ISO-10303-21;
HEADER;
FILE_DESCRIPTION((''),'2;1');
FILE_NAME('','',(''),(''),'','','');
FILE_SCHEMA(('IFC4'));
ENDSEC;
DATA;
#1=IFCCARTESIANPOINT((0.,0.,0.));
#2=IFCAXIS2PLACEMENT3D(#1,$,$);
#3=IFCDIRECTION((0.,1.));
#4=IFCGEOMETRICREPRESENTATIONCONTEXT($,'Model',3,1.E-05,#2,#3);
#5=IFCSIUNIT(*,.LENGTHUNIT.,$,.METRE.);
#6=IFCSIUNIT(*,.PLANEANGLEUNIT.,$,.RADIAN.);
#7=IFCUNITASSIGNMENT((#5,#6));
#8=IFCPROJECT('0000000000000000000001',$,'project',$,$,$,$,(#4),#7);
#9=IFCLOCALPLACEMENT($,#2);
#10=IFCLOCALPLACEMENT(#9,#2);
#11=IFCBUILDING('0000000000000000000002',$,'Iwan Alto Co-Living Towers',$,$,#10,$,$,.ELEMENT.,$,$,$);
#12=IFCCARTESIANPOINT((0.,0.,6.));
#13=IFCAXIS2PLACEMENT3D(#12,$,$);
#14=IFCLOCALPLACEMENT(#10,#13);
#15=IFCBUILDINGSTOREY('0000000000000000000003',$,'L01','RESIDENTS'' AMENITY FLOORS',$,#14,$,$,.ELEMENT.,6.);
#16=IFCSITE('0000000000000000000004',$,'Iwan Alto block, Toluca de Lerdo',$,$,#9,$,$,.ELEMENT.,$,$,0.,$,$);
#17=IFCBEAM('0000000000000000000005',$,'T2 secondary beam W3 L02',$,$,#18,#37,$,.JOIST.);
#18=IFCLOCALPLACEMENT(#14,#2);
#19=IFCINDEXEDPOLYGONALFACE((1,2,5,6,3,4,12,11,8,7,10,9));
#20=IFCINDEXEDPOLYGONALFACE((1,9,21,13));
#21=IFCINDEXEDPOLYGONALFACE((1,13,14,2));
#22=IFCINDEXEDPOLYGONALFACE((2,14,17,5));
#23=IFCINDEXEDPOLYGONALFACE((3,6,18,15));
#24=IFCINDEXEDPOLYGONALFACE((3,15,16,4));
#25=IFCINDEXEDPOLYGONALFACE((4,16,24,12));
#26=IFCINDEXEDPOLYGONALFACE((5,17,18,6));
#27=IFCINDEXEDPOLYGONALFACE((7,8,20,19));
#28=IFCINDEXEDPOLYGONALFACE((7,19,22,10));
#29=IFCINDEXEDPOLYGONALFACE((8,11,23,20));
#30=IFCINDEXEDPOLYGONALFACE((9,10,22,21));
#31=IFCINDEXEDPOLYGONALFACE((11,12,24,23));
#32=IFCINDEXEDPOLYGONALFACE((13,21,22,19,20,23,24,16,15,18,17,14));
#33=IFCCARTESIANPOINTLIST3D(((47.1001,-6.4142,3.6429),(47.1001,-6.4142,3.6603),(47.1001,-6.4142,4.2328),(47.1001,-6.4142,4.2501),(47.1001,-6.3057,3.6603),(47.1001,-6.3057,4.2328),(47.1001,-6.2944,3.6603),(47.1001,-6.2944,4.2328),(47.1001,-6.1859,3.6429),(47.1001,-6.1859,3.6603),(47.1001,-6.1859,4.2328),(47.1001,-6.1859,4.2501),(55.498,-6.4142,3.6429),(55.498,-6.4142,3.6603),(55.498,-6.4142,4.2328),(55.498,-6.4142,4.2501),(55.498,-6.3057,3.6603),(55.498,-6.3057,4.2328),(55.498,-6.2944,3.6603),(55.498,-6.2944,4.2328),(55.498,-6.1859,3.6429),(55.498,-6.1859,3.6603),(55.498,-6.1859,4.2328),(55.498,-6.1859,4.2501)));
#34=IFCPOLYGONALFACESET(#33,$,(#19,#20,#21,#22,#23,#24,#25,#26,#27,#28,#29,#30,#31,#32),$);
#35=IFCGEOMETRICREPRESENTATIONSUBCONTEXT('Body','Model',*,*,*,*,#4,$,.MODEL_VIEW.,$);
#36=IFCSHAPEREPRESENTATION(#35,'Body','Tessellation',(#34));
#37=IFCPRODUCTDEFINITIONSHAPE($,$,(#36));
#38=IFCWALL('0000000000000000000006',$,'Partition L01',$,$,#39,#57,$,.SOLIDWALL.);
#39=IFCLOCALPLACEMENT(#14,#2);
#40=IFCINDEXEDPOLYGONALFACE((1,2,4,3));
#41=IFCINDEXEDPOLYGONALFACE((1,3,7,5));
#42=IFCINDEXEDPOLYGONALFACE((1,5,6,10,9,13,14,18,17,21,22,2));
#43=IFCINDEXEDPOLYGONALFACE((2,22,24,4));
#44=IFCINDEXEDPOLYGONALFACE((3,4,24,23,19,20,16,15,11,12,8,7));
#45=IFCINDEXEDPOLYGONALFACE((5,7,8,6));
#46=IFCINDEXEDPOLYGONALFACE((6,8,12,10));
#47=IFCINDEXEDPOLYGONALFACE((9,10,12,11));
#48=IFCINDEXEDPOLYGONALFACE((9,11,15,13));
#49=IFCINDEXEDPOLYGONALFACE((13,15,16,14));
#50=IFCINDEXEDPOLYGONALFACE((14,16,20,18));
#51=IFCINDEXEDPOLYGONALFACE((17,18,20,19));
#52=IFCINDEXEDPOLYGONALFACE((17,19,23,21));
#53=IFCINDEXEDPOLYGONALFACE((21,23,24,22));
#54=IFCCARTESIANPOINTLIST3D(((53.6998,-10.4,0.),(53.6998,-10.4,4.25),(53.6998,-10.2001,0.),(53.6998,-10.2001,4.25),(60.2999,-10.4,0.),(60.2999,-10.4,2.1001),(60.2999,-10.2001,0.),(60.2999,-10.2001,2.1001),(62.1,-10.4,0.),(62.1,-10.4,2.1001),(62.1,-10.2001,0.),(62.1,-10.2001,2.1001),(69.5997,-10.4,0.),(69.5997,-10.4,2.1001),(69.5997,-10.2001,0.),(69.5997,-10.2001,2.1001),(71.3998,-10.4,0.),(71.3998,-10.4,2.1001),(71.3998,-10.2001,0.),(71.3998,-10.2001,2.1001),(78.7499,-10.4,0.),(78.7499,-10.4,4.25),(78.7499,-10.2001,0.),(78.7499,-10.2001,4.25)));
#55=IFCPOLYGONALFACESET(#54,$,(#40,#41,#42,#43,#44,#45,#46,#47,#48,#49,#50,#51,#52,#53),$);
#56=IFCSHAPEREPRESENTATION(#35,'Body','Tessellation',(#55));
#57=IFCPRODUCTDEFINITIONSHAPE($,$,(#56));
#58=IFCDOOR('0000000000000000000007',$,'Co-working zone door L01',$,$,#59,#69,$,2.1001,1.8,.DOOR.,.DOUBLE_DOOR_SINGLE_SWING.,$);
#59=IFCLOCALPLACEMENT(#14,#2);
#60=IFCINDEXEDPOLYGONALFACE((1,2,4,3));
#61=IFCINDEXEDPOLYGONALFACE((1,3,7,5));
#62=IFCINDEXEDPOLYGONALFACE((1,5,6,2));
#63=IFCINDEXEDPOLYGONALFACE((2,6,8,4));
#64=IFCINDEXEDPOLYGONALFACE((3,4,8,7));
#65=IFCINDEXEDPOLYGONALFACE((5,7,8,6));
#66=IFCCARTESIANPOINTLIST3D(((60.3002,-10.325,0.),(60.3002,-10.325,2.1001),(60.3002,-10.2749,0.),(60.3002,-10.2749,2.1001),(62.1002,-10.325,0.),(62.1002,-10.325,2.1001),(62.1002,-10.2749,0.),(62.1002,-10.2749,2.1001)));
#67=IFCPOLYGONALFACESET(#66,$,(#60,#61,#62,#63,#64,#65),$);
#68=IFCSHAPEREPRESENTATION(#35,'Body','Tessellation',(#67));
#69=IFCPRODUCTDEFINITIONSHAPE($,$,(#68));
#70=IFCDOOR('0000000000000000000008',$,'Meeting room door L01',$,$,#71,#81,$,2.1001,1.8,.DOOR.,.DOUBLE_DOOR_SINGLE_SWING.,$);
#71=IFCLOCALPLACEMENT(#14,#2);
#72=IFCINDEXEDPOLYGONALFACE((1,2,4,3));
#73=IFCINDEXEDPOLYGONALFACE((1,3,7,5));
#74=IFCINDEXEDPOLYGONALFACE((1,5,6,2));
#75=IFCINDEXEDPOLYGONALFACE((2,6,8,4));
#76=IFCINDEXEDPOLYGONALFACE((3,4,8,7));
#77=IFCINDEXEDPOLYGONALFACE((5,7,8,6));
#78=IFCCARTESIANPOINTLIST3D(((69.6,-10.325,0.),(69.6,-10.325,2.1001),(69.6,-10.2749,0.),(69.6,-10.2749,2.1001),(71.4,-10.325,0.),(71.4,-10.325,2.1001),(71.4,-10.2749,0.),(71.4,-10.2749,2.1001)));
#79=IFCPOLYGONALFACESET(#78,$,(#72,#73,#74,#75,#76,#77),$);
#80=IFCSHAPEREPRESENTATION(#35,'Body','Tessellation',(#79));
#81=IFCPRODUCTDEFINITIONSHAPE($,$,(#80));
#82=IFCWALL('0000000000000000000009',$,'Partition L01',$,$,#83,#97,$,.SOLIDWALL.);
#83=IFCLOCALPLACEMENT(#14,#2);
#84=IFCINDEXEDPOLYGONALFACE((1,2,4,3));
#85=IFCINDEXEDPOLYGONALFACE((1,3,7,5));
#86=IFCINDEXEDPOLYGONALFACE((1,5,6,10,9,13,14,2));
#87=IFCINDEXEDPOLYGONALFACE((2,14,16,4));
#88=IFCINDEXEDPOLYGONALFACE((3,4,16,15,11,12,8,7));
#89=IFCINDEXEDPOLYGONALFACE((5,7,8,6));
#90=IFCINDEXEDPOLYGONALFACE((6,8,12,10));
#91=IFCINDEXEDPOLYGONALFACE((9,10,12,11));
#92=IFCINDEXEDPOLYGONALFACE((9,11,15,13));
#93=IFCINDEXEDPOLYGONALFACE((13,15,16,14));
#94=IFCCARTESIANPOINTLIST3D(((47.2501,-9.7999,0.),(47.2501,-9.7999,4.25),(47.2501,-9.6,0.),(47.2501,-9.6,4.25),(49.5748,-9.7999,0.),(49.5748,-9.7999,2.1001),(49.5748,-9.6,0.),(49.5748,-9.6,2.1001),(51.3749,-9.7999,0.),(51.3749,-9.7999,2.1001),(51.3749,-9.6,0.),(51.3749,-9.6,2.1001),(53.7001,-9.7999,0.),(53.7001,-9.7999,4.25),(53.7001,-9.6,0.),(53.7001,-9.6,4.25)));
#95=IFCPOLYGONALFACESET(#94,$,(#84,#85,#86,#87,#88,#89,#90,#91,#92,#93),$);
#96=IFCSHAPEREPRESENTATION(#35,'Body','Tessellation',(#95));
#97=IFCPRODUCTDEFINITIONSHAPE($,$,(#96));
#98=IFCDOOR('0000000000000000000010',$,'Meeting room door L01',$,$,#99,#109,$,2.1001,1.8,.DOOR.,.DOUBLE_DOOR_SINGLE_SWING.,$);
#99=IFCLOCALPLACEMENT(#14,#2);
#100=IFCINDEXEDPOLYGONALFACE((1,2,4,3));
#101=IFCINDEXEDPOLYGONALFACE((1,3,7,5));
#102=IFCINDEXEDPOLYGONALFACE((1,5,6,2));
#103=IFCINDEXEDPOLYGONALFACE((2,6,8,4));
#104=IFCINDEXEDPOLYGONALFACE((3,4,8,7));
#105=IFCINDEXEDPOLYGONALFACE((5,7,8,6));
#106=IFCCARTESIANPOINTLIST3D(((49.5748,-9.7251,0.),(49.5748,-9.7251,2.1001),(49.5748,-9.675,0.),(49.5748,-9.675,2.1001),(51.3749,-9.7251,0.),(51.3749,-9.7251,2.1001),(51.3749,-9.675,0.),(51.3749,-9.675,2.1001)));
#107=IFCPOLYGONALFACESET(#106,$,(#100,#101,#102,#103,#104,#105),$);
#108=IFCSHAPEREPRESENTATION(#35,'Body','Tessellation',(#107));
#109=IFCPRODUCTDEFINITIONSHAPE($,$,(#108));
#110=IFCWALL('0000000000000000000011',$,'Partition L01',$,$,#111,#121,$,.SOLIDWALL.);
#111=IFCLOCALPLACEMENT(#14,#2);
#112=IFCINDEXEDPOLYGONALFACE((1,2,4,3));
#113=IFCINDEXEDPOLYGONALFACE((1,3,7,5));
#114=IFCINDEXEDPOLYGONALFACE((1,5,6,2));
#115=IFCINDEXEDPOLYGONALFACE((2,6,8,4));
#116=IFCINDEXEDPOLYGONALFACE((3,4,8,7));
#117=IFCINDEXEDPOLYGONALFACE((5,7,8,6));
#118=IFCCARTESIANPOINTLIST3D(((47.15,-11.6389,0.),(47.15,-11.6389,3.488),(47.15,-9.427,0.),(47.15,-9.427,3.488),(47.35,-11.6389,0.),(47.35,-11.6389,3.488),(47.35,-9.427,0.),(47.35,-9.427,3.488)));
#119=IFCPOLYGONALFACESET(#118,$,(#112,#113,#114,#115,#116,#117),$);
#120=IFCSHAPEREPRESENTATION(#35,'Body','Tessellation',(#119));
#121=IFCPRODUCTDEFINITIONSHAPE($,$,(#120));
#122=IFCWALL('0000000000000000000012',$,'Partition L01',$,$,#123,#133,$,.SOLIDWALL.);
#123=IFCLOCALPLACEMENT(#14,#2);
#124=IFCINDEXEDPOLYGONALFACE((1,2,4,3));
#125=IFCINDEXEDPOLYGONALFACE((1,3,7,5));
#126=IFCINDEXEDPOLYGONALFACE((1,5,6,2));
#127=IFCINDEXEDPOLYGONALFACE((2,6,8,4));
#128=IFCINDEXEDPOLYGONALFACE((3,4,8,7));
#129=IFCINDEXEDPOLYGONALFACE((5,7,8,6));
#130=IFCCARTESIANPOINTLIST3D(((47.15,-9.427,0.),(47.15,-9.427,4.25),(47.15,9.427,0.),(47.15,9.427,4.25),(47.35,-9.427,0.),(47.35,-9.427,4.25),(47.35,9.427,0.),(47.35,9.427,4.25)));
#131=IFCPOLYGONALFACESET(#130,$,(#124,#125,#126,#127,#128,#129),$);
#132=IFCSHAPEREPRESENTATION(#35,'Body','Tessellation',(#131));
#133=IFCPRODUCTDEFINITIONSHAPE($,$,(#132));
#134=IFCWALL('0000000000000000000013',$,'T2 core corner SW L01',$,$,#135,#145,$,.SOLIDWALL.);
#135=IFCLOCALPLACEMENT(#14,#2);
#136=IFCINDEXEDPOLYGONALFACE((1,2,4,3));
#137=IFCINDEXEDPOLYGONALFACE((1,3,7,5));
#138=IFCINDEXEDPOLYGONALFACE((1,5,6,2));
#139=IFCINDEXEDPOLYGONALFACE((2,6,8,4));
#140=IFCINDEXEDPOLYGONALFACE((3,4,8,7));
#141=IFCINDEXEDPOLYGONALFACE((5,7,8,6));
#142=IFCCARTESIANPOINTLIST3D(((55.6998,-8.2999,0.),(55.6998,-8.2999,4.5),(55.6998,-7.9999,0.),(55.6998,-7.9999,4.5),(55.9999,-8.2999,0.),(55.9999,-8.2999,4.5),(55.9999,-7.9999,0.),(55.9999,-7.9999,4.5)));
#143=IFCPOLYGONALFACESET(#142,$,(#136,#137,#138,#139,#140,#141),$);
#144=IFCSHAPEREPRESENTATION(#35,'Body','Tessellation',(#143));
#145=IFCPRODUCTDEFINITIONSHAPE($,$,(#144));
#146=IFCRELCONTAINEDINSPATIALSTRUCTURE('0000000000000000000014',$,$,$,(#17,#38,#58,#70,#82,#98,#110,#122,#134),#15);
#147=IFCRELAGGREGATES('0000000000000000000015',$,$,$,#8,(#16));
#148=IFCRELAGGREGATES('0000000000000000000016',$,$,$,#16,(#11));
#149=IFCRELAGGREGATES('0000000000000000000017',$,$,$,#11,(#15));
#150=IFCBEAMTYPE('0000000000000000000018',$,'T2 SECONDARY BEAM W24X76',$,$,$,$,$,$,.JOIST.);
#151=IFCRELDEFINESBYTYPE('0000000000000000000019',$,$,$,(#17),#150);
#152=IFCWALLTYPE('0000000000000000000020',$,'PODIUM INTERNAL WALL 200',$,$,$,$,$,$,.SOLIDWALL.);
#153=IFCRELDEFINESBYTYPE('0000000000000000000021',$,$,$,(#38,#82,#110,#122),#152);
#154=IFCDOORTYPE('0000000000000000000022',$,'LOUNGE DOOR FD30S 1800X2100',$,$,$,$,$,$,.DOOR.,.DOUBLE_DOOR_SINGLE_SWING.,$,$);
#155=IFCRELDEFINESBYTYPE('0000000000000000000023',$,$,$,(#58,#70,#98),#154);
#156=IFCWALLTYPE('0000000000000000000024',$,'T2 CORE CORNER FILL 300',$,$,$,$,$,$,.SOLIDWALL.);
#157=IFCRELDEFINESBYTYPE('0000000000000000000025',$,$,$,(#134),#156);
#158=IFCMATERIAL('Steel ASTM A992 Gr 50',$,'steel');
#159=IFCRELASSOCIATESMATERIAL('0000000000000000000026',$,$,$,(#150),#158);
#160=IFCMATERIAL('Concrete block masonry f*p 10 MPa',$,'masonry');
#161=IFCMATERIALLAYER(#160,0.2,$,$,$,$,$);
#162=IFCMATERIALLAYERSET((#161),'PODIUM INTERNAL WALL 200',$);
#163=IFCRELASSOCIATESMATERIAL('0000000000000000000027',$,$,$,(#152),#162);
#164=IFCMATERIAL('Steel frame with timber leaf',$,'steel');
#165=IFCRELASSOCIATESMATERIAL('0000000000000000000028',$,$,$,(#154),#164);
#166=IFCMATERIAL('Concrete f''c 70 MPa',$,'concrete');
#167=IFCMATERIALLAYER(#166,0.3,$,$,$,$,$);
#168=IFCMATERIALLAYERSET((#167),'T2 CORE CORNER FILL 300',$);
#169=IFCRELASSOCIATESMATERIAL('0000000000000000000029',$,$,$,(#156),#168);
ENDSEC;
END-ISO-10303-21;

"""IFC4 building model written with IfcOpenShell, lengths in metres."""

from ifc_helpers import new_model, si_unit, direction, frame, frame_2d, origin, origin_2d, place, context, subcontext, project, spatial, rectangle, i_section, extrude, material, layer, layer_set, material_profile, profile_set, type_object, element, fill, save


model = new_model("IFC4")

# Units and contexts
model_context = context("Model", 3, precision=1e-05, world=origin(), true_north=direction((0.0, 1.0)))
body_context = subcontext(model_context, "Body", "Model", "MODEL_VIEW")
ifc_project = project(units=[si_unit("LENGTHUNIT", "METRE"), si_unit("PLANEANGLEUNIT", "RADIAN")], contexts=[model_context])

# Site, building, storey
site_placement = place(None, origin())
site = spatial("IfcSite", under=ifc_project, at=site_placement, Name="Iwan Alto block, Toluca de Lerdo", CompositionType="ELEMENT", RefElevation=0.0)
building_placement = place(site_placement, origin())
building = spatial("IfcBuilding", under=site, at=building_placement, Name="Iwan Alto Co-Living Towers", CompositionType="ELEMENT")
storey_placement = place(building_placement, frame((0.0, 0.0, 6.0)))
storey = spatial("IfcBuildingStorey", under=building, at=storey_placement, Name="L01", Description="RESIDENTS' AMENITY FLOORS", CompositionType="ELEMENT", Elevation=6.0)

# Beam
ifc_material_1 = material(Name="Steel ASTM A992 Gr 50", Category="steel")
ifc_material_profile_1 = material_profile(ifc_material_1, i_section(OverallWidth=0.2283, OverallDepth=0.6072, WebThickness=0.0112, FlangeThickness=0.0173, at=origin_2d()), Name="W24X76")
ifc_profile_set_1 = profile_set([ifc_material_profile_1], Name="Steel ASTM A992 Gr 50")
beam_type_1 = type_object("IfcBeamType", Name="T2 SECONDARY BEAM W24X76", PredefinedType="JOIST", material=ifc_profile_set_1)
beam_1_placement = place(storey_placement, frame((47.1001, -6.3, 3.9465), z_axis=(1.0, 0.0, 0.0), x_axis=(0.0, 1.0, 0.0)))
element("IfcBeam", 1, at=beam_1_placement, inside=storey, type_object=beam_type_1, Name="T2 secondary beam W3 L02", PredefinedType="JOIST", context=body_context, shape_type="SweptSolid", body=[
    extrude(i_section(OverallWidth=0.2283, OverallDepth=0.6072, WebThickness=0.0112, FlangeThickness=0.0173, at=origin_2d()), origin(), (0.0, 0.0, 1.0), 8.3979),
])

# Wall, openings, doors
ifc_material_2 = material(Name="Concrete block masonry f*p 10 MPa", Category="masonry")
ifc_layer_1 = layer(ifc_material_2, 0.2)
ifc_layer_set_1 = layer_set([ifc_layer_1], Name="PODIUM INTERNAL WALL 200")
wall_type_1 = type_object("IfcWallType", Name="PODIUM INTERNAL WALL 200", PredefinedType="SOLIDWALL", material=ifc_layer_set_1)
wall_1_placement = place(storey_placement, frame((53.7, -10.3, 0.0), z_axis=(0.0, 0.0, 1.0), x_axis=(1.0, 0.0, 0.0)))
wall_1 = element("IfcWall", 2, at=wall_1_placement, inside=storey, type_object=wall_type_1, Name="Partition L01", PredefinedType="SOLIDWALL", context=body_context, shape_type="SweptSolid", body=[
    extrude(rectangle(XDim=25.05, YDim=0.2, at=frame_2d((12.5249, 0.0))), origin(), (0.0, 0.0, 1.0), 4.25),
])
opening_1_placement = place(wall_1_placement, frame((6.6001, 0.0, 0.0)))
opening_1 = element("IfcOpeningElement", 3, at=opening_1_placement, cuts=wall_1, PredefinedType="OPENING", context=body_context, shape_type="SweptSolid", body=[
    extrude(rectangle(XDim=1.8, YDim=2.1001, at=frame_2d((0.8999, 1.05))), frame((0.0, 0.1099, 0.0), z_axis=(0.0, -1.0, 0.0), x_axis=(1.0, 0.0, 0.0)), (0.0, 0.0, 1.0), 0.22),
])
opening_2_placement = place(wall_1_placement, frame((15.8999, 0.0, 0.0)))
opening_2 = element("IfcOpeningElement", 4, at=opening_2_placement, cuts=wall_1, PredefinedType="OPENING", context=body_context, shape_type="SweptSolid", body=[
    extrude(rectangle(XDim=1.8, YDim=2.1001, at=frame_2d((0.8999, 1.05))), frame((0.0, 0.1099, 0.0), z_axis=(0.0, -1.0, 0.0), x_axis=(1.0, 0.0, 0.0)), (0.0, 0.0, 1.0), 0.22),
])
ifc_material_3 = material(Name="Steel frame with timber leaf", Category="steel")
door_type_1 = type_object("IfcDoorType", Name="LOUNGE DOOR FD30S 1800X2100", OperationType="DOUBLE_DOOR_SINGLE_SWING", PredefinedType="DOOR", material=ifc_material_3)
door_1_placement = place(opening_1_placement, frame((1.8, 0.0, 0.0), z_axis=(0.0, 0.0, 1.0), x_axis=(-1.0, 0.0, 0.0)))
door_1 = element("IfcDoor", 5, at=door_1_placement, inside=storey, type_object=door_type_1, Name="Co-working zone door L01", OperationType="DOUBLE_DOOR_SINGLE_SWING", OverallHeight=2.1001, OverallWidth=1.8, PredefinedType="DOOR", context=body_context, shape_type="SweptSolid", body=[
    extrude(rectangle(XDim=1.8, YDim=2.1001, at=frame_2d((0.8999, 1.05))), frame((0.0, 0.0249, 0.0), z_axis=(0.0, -1.0, 0.0), x_axis=(1.0, 0.0, 0.0)), (0.0, 0.0, 1.0), 0.05),
])
fill(opening_1, door_1)
door_2_placement = place(opening_2_placement, frame((1.8, 0.0, 0.0), z_axis=(0.0, 0.0, 1.0), x_axis=(-1.0, 0.0, 0.0)))
door_2 = element("IfcDoor", 6, at=door_2_placement, inside=storey, type_object=door_type_1, Name="Meeting room door L01", OperationType="DOUBLE_DOOR_SINGLE_SWING", OverallHeight=2.1001, OverallWidth=1.8, PredefinedType="DOOR", context=body_context, shape_type="SweptSolid", body=[
    extrude(rectangle(XDim=1.8, YDim=2.1001, at=frame_2d((0.8999, 1.05))), frame((0.0, 0.0249, 0.0), z_axis=(0.0, -1.0, 0.0), x_axis=(1.0, 0.0, 0.0)), (0.0, 0.0, 1.0), 0.05),
])
fill(opening_2, door_2)

# Wall, opening, door
wall_2_placement = place(storey_placement, frame((47.25, -9.7, 0.0), z_axis=(0.0, 0.0, 1.0), x_axis=(1.0, 0.0, 0.0)))
wall_2 = element("IfcWall", 7, at=wall_2_placement, inside=storey, type_object=wall_type_1, Name="Partition L01", PredefinedType="SOLIDWALL", context=body_context, shape_type="SweptSolid", body=[
    extrude(rectangle(XDim=6.45, YDim=0.2, at=frame_2d((3.2251, 0.0))), origin(), (0.0, 0.0, 1.0), 4.25),
])
opening_3_placement = place(wall_2_placement, frame((2.325, 0.0, 0.0)))
opening_3 = element("IfcOpeningElement", 8, at=opening_3_placement, cuts=wall_2, PredefinedType="OPENING", context=body_context, shape_type="SweptSolid", body=[
    extrude(rectangle(XDim=1.8, YDim=2.1001, at=frame_2d((0.8999, 1.05))), frame((0.0, 0.1099, 0.0), z_axis=(0.0, -1.0, 0.0), x_axis=(1.0, 0.0, 0.0)), (0.0, 0.0, 1.0), 0.22),
])
door_3_placement = place(opening_3_placement, origin())
door_3 = element("IfcDoor", 9, at=door_3_placement, inside=storey, type_object=door_type_1, Name="Meeting room door L01", OperationType="DOUBLE_DOOR_SINGLE_SWING", OverallHeight=2.1001, OverallWidth=1.8, PredefinedType="DOOR", context=body_context, shape_type="SweptSolid", body=[
    extrude(rectangle(XDim=1.8, YDim=2.1001, at=frame_2d((0.8999, 1.05))), frame((0.0, 0.0249, 0.0), z_axis=(0.0, -1.0, 0.0), x_axis=(1.0, 0.0, 0.0)), (0.0, 0.0, 1.0), 0.05),
])
fill(opening_3, door_3)

# Walls
wall_3_placement = place(storey_placement, frame((47.25, -11.6389, 0.0), z_axis=(0.0, 0.0, 1.0), x_axis=(0.0, 1.0, 0.0)))
element("IfcWall", 10, at=wall_3_placement, inside=storey, type_object=wall_type_1, Name="Partition L01", PredefinedType="SOLIDWALL", context=body_context, shape_type="SweptSolid", body=[
    extrude(rectangle(XDim=2.2119, YDim=0.2, at=frame_2d((1.106, 0.0))), origin(), (0.0, 0.0, 1.0), 3.488),
])
wall_4_placement = place(storey_placement, frame((47.25, -9.427, 0.0), z_axis=(0.0, 0.0, 1.0), x_axis=(0.0, 1.0, 0.0)))
element("IfcWall", 11, at=wall_4_placement, inside=storey, type_object=wall_type_1, Name="Partition L01", PredefinedType="SOLIDWALL", context=body_context, shape_type="SweptSolid", body=[
    extrude(rectangle(XDim=18.854, YDim=0.2, at=frame_2d((9.427, 0.0))), origin(), (0.0, 0.0, 1.0), 4.25),
])
ifc_material_4 = material(Name="Concrete f'c 70 MPa", Category="concrete")
ifc_layer_2 = layer(ifc_material_4, 0.3)
ifc_layer_set_2 = layer_set([ifc_layer_2], Name="T2 CORE CORNER FILL 300")
wall_type_2 = type_object("IfcWallType", Name="T2 CORE CORNER FILL 300", PredefinedType="SOLIDWALL", material=ifc_layer_set_2)
wall_5_placement = place(storey_placement, frame((55.7, -8.1499, 0.0), z_axis=(0.0, 0.0, 1.0), x_axis=(1.0, 0.0, 0.0)))
element("IfcWall", 12, at=wall_5_placement, inside=storey, type_object=wall_type_2, Name="T2 core corner SW L01", PredefinedType="SOLIDWALL", context=body_context, shape_type="SweptSolid", body=[
    extrude(rectangle(XDim=0.3, YDim=0.3, at=frame_2d((0.1499, 0.0))), origin(), (0.0, 0.0, 1.0), 4.5),
])

save(model, "model.ifc")
